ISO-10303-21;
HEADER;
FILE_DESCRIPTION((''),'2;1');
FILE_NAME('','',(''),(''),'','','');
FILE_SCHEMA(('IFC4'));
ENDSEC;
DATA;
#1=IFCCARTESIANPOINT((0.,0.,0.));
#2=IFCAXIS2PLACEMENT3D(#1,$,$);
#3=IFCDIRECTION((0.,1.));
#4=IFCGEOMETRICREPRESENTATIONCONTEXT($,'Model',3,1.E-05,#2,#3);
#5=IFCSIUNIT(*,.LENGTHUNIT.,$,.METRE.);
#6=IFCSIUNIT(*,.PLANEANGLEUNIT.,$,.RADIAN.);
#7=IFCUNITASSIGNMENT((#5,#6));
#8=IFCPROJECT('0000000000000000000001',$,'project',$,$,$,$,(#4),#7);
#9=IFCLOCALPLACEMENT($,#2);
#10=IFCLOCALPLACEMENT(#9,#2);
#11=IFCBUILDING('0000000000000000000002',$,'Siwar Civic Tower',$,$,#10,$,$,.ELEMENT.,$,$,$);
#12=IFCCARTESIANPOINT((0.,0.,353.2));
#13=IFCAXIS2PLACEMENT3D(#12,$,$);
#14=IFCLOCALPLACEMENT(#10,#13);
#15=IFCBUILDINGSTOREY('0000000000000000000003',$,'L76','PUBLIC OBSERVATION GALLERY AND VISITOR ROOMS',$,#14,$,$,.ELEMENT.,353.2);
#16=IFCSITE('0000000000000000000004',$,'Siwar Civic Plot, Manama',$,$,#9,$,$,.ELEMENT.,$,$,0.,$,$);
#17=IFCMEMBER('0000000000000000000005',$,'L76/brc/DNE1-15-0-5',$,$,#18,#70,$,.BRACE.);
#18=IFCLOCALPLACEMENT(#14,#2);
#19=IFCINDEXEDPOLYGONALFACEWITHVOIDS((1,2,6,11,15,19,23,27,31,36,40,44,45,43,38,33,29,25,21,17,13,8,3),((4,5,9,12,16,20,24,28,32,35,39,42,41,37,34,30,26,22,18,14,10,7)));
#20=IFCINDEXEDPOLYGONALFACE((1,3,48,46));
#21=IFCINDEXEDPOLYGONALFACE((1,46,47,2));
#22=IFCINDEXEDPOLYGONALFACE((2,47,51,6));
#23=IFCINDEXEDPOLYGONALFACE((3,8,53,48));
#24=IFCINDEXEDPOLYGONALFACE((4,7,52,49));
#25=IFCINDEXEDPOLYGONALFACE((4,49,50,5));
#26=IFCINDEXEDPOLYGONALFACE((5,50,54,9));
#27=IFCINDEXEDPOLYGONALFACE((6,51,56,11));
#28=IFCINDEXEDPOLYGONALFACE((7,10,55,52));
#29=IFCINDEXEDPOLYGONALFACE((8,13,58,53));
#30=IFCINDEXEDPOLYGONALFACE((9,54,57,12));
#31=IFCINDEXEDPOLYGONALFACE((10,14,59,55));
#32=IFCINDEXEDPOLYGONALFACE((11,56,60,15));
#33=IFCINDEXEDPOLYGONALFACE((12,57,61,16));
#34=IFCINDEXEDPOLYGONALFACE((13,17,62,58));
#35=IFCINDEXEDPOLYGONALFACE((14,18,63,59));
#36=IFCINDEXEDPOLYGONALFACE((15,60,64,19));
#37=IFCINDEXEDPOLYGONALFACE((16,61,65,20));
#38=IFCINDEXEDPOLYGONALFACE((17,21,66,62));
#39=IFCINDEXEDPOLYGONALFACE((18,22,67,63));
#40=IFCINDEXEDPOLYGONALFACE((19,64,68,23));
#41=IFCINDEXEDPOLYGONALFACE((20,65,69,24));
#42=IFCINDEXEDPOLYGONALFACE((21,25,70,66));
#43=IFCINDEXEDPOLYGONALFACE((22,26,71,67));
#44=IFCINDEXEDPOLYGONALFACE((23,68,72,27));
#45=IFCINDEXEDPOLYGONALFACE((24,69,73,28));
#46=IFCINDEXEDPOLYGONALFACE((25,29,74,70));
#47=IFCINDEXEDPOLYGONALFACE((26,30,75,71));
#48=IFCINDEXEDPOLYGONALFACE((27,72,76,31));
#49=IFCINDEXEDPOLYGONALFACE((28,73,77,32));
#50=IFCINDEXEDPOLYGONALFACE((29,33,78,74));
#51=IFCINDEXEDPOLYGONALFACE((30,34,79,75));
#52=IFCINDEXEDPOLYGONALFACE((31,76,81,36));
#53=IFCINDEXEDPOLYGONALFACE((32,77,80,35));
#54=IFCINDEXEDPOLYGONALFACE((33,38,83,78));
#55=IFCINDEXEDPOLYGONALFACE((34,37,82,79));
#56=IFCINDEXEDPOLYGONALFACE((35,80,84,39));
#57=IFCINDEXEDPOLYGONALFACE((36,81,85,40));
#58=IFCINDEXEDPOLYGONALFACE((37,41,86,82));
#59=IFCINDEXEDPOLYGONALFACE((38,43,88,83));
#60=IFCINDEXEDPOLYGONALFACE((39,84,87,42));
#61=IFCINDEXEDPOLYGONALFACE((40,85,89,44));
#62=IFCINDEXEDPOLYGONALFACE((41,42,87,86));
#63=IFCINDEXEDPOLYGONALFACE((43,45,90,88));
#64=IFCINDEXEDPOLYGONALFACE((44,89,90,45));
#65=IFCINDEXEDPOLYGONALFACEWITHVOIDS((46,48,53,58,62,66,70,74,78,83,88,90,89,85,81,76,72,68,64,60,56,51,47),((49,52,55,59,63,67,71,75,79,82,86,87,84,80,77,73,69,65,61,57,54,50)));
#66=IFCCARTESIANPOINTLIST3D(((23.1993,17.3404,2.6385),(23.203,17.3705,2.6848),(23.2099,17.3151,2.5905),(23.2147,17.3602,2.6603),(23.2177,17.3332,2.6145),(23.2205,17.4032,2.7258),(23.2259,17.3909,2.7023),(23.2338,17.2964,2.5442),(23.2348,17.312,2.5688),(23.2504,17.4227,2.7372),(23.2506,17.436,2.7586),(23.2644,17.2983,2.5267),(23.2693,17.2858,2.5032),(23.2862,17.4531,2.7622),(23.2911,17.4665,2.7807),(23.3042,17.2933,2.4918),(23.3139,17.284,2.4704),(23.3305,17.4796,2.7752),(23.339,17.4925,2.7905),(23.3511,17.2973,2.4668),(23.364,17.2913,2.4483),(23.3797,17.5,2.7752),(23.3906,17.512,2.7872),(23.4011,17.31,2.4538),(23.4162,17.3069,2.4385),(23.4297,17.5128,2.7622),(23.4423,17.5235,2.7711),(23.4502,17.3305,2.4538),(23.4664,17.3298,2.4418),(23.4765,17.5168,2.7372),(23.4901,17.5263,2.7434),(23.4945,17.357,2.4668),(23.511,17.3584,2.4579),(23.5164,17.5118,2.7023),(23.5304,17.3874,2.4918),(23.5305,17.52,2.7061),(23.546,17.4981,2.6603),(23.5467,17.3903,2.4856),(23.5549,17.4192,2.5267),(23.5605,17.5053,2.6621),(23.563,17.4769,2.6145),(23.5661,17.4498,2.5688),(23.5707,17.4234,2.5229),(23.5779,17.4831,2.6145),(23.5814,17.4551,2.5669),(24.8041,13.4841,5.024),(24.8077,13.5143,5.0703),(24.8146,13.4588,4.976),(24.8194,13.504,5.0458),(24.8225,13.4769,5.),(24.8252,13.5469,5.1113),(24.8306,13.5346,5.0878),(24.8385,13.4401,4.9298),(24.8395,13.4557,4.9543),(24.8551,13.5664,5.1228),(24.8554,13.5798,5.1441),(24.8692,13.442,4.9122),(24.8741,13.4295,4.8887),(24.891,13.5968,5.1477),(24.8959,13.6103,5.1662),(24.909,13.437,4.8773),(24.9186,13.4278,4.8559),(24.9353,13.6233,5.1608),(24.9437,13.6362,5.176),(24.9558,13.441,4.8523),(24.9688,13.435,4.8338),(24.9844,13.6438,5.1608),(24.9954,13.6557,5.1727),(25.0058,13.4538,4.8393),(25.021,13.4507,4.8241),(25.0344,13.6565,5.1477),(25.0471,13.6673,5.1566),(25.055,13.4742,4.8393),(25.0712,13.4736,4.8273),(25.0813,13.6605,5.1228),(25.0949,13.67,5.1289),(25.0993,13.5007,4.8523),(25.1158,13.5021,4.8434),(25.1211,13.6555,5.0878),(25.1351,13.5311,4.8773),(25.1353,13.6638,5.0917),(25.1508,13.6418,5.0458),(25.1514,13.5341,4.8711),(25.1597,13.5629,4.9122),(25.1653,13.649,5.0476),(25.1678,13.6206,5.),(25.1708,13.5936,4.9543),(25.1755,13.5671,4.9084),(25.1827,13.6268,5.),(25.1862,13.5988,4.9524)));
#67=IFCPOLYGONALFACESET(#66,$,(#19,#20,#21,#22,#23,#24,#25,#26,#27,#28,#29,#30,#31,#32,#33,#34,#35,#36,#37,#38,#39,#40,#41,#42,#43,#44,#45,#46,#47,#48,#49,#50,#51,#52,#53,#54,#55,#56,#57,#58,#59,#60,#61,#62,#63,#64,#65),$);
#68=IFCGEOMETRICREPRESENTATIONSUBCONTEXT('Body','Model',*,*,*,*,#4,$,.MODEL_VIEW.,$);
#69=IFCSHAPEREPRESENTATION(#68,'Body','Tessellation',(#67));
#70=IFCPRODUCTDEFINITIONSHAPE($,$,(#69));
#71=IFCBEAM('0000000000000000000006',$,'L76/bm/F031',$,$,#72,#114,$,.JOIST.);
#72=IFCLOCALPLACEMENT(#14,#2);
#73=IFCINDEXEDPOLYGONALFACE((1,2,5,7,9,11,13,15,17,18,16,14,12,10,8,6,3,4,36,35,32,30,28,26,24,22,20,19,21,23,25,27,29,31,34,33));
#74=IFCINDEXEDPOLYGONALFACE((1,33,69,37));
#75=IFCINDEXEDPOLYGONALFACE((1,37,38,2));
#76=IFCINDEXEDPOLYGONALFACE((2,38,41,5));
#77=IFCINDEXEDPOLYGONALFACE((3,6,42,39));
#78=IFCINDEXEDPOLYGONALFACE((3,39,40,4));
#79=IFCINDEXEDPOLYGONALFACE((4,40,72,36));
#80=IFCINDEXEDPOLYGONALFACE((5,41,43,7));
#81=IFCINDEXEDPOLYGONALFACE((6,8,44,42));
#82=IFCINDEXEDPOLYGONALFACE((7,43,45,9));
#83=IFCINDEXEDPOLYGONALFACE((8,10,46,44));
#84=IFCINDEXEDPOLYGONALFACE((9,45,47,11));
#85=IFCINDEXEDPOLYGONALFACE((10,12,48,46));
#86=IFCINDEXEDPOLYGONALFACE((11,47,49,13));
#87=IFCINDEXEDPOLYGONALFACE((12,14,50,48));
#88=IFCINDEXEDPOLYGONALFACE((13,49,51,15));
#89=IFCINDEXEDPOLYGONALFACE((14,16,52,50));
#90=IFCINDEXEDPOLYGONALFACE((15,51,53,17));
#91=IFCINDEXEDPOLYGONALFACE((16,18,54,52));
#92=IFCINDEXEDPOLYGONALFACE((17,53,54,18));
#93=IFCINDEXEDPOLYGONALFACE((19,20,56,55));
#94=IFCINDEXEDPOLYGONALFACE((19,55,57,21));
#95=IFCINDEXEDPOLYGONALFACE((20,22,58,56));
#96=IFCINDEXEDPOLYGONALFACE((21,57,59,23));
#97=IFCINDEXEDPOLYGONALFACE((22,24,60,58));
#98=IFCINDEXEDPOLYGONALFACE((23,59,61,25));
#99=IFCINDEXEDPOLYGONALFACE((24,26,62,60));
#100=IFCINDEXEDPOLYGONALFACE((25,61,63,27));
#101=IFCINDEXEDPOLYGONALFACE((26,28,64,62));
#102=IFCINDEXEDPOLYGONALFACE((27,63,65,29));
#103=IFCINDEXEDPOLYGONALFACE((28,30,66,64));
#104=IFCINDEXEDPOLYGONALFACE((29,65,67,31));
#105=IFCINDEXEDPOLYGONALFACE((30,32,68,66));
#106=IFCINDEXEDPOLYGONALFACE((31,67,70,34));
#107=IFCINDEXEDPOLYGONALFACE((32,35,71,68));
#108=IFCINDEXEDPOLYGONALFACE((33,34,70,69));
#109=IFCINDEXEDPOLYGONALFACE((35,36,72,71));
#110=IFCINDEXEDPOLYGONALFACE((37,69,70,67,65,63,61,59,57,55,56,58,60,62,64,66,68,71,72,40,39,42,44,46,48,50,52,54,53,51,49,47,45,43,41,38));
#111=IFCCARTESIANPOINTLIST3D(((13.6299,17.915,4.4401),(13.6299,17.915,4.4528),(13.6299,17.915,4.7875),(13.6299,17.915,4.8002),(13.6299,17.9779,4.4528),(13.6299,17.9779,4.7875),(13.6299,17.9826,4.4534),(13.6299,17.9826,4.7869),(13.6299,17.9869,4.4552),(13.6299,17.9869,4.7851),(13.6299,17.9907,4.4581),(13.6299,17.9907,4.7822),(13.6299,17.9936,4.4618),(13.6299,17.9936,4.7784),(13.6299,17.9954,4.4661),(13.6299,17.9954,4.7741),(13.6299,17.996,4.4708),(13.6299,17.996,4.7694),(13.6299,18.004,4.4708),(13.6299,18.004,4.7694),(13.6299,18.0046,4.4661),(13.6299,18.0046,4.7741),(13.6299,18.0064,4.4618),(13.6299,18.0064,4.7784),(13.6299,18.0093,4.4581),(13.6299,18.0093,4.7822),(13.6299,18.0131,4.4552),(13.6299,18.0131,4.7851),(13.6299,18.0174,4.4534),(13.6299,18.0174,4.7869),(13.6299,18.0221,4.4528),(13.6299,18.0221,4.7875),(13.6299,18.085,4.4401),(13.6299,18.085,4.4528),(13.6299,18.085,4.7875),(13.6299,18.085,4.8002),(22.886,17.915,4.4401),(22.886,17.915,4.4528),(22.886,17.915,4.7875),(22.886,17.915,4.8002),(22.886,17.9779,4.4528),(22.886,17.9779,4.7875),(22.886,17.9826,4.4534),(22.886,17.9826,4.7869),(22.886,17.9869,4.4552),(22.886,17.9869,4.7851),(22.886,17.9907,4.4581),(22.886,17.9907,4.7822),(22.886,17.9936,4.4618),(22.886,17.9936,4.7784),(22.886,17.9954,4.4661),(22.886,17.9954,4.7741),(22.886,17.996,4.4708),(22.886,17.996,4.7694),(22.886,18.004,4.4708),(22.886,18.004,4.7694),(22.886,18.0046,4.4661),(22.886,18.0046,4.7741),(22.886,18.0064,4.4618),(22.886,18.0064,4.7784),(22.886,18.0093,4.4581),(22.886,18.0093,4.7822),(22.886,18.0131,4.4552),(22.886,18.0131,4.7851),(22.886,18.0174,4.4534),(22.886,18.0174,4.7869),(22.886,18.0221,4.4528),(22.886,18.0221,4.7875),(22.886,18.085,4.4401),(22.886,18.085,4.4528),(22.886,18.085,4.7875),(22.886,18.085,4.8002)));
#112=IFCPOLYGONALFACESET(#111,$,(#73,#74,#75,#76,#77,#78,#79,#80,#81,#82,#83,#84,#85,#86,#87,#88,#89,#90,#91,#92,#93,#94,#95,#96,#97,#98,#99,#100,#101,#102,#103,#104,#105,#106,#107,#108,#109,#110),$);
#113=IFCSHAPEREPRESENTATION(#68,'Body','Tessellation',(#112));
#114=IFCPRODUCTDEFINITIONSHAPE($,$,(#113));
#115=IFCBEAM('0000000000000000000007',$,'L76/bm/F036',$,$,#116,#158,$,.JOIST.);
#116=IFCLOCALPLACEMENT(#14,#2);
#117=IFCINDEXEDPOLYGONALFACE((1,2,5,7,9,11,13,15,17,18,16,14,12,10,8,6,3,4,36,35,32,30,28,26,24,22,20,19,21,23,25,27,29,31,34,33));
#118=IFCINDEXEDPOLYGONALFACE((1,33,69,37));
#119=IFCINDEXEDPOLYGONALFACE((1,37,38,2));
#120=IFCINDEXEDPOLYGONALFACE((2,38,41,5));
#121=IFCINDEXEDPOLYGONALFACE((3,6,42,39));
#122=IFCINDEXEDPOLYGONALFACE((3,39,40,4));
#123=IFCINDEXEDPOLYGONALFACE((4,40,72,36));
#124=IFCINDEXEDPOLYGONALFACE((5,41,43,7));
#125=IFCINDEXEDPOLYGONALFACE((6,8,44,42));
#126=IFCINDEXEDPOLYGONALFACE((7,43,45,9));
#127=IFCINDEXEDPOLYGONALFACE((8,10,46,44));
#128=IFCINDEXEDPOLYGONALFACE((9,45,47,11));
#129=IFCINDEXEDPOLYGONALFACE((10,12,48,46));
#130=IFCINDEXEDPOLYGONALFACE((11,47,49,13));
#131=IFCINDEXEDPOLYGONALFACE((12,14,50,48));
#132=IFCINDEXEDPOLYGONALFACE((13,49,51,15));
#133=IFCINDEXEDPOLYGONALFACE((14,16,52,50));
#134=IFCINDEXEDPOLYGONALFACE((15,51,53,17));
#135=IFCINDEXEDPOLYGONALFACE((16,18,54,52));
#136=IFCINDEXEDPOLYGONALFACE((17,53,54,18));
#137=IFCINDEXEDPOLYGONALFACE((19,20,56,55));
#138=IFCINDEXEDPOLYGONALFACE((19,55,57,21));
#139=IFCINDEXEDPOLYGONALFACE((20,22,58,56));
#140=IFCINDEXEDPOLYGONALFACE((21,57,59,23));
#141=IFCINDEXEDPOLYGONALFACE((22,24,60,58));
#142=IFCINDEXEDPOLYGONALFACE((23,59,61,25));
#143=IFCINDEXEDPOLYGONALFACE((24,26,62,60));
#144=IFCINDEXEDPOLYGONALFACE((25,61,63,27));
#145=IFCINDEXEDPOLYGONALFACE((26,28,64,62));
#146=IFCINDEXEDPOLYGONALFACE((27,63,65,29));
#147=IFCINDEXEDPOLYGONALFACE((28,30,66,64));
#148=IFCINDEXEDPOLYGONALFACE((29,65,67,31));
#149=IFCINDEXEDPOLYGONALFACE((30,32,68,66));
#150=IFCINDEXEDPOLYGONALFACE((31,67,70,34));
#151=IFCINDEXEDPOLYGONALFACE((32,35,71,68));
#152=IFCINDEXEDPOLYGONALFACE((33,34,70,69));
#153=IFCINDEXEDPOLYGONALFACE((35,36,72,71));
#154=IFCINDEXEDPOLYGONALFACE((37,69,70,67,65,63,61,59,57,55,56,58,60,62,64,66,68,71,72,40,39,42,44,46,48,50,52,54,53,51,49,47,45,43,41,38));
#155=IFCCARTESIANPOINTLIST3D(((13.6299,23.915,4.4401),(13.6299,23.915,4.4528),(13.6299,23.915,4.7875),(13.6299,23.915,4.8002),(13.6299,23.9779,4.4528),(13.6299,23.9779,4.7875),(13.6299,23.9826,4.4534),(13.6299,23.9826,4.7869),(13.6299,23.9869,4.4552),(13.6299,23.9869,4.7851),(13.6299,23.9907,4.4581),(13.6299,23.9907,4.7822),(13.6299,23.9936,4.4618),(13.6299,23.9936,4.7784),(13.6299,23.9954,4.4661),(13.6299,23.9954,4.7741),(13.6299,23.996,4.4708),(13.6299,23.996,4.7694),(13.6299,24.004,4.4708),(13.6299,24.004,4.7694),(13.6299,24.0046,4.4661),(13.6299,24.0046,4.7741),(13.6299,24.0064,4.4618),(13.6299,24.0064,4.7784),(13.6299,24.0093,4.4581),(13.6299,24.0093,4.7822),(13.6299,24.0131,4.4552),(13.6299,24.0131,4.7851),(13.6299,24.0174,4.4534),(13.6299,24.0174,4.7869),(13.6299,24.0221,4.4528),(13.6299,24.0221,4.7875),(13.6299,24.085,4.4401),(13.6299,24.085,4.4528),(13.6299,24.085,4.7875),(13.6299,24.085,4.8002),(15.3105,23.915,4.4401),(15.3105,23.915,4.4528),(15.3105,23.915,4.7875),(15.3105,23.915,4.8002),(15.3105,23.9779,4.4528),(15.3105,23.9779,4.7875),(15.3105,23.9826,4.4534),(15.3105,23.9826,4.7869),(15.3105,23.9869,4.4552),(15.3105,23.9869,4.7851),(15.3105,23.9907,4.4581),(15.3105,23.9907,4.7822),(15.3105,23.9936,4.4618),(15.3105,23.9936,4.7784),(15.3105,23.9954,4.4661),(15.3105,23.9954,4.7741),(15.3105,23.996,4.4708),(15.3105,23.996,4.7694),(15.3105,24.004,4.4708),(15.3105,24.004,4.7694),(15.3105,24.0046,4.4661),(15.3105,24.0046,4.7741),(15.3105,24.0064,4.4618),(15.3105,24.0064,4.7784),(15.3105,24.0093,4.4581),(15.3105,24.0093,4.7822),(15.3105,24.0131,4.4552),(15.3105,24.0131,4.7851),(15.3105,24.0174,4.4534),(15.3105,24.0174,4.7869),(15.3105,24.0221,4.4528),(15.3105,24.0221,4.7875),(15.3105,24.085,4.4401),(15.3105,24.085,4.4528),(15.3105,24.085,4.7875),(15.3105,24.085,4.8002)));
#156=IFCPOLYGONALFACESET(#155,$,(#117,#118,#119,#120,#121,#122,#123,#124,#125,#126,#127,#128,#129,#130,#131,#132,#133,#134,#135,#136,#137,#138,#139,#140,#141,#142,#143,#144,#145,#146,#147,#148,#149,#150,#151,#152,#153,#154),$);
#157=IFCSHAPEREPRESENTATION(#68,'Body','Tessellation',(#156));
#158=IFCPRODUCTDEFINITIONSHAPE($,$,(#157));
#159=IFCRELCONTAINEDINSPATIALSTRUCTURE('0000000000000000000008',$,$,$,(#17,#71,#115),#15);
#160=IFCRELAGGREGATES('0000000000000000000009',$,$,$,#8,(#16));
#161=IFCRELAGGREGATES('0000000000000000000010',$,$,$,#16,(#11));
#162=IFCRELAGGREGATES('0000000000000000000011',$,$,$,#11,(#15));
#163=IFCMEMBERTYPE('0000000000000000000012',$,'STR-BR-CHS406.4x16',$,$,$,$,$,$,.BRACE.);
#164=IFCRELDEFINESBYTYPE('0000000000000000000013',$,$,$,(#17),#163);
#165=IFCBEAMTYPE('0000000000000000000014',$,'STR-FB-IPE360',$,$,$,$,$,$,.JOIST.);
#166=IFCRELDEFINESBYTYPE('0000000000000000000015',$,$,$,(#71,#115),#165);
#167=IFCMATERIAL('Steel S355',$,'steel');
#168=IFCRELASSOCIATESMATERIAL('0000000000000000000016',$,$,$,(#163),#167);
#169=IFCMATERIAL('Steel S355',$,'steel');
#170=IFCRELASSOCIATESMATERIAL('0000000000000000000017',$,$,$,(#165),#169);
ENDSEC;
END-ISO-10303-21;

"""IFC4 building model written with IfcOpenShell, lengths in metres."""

from ifc_helpers import new_model, si_unit, direction, frame, origin, origin_2d, place, context, subcontext, project, spatial, hollow_circle, i_section, extrude, material, material_profile, profile_set, type_object, element, save


model = new_model("IFC4")

# Units and contexts
model_context = context("Model", 3, precision=1e-05, world=origin(), true_north=direction((0.0, 1.0)))
body_context = subcontext(model_context, "Body", "Model", "MODEL_VIEW")
ifc_project = project(units=[si_unit("LENGTHUNIT", "METRE"), si_unit("PLANEANGLEUNIT", "RADIAN")], contexts=[model_context])

# Site, building, storey
site_placement = place(None, origin())
site = spatial("IfcSite", under=ifc_project, at=site_placement, Name="Siwar Civic Plot, Manama", CompositionType="ELEMENT", RefElevation=0.0)
building_placement = place(site_placement, origin())
building = spatial("IfcBuilding", under=site, at=building_placement, Name="Siwar Civic Tower", CompositionType="ELEMENT")
storey_placement = place(building_placement, frame((0.0, 0.0, 353.2)))
storey = spatial("IfcBuildingStorey", under=building, at=storey_placement, Name="L76", Description="PUBLIC OBSERVATION GALLERY AND VISITOR ROOMS", CompositionType="ELEMENT", Elevation=353.2)

# Member
ifc_material_1 = material(Name="Steel S355", Category="steel")
ifc_material_profile_1 = material_profile(ifc_material_1, hollow_circle(Radius=0.2031, WallThickness=0.0161, at=origin_2d()), Name="CHS406.4x16")
ifc_profile_set_1 = profile_set([ifc_material_profile_1], Name="Steel S355")
member_type_1 = type_object("IfcMemberType", Name="STR-BR-CHS406.4x16", PredefinedType="BRACE", material=ifc_profile_set_1)
for number, where, z_axis, x_axis, name in (
    (1, (23.3904, 17.405, 2.6145), (0.333625, -0.801706, 0.495946), (0.923248, 0.384204, 0.0), "L76/brc/DNE1-15-0-5"),
):
    element("IfcMember", number, at=place(storey_placement, frame(where, z_axis=z_axis, x_axis=x_axis)), inside=storey, type_object=member_type_1, Name=name, PredefinedType="BRACE", context=body_context, shape_type="SweptSolid", body=[
        extrude(hollow_circle(Radius=0.2031, WallThickness=0.0161, at=origin_2d()), origin(), (0.0, 0.0, 1.0), 4.8101),
    ])

# Beams
ifc_material_2 = material(Name="Steel S355", Category="steel")
ifc_material_profile_2 = material_profile(ifc_material_2, i_section(OverallWidth=0.1699, OverallDepth=0.3601, WebThickness=0.0081, FlangeThickness=0.0127, FilletRadius=0.0181, at=origin_2d()), Name="IPE360")
ifc_profile_set_2 = profile_set([ifc_material_profile_2], Name="Steel S355")
beam_type_1 = type_object("IfcBeamType", Name="STR-FB-IPE360", PredefinedType="JOIST", material=ifc_profile_set_2)
beam_1_placement = place(storey_placement, frame((13.6299, 18.0, 4.6201), z_axis=(1.0, 0.0, 0.0), x_axis=(0.0, 1.0, 0.0)))
element("IfcBeam", 2, at=beam_1_placement, inside=storey, type_object=beam_type_1, Name="L76/bm/F031", PredefinedType="JOIST", context=body_context, shape_type="SweptSolid", body=[
    extrude(i_section(OverallWidth=0.1699, OverallDepth=0.3601, WebThickness=0.0081, FlangeThickness=0.0127, FilletRadius=0.0181, at=origin_2d()), origin(), (0.0, 0.0, 1.0), 9.2561),
])
beam_2_placement = place(storey_placement, frame((13.6299, 24.0, 4.6201), z_axis=(1.0, 0.0, 0.0), x_axis=(0.0, 1.0, 0.0)))
element("IfcBeam", 3, at=beam_2_placement, inside=storey, type_object=beam_type_1, Name="L76/bm/F036", PredefinedType="JOIST", context=body_context, shape_type="SweptSolid", body=[
    extrude(i_section(OverallWidth=0.1699, OverallDepth=0.3601, WebThickness=0.0081, FlangeThickness=0.0127, FilletRadius=0.0181, at=origin_2d()), origin(), (0.0, 0.0, 1.0), 1.6807),
])

save(model, "model.ifc")
